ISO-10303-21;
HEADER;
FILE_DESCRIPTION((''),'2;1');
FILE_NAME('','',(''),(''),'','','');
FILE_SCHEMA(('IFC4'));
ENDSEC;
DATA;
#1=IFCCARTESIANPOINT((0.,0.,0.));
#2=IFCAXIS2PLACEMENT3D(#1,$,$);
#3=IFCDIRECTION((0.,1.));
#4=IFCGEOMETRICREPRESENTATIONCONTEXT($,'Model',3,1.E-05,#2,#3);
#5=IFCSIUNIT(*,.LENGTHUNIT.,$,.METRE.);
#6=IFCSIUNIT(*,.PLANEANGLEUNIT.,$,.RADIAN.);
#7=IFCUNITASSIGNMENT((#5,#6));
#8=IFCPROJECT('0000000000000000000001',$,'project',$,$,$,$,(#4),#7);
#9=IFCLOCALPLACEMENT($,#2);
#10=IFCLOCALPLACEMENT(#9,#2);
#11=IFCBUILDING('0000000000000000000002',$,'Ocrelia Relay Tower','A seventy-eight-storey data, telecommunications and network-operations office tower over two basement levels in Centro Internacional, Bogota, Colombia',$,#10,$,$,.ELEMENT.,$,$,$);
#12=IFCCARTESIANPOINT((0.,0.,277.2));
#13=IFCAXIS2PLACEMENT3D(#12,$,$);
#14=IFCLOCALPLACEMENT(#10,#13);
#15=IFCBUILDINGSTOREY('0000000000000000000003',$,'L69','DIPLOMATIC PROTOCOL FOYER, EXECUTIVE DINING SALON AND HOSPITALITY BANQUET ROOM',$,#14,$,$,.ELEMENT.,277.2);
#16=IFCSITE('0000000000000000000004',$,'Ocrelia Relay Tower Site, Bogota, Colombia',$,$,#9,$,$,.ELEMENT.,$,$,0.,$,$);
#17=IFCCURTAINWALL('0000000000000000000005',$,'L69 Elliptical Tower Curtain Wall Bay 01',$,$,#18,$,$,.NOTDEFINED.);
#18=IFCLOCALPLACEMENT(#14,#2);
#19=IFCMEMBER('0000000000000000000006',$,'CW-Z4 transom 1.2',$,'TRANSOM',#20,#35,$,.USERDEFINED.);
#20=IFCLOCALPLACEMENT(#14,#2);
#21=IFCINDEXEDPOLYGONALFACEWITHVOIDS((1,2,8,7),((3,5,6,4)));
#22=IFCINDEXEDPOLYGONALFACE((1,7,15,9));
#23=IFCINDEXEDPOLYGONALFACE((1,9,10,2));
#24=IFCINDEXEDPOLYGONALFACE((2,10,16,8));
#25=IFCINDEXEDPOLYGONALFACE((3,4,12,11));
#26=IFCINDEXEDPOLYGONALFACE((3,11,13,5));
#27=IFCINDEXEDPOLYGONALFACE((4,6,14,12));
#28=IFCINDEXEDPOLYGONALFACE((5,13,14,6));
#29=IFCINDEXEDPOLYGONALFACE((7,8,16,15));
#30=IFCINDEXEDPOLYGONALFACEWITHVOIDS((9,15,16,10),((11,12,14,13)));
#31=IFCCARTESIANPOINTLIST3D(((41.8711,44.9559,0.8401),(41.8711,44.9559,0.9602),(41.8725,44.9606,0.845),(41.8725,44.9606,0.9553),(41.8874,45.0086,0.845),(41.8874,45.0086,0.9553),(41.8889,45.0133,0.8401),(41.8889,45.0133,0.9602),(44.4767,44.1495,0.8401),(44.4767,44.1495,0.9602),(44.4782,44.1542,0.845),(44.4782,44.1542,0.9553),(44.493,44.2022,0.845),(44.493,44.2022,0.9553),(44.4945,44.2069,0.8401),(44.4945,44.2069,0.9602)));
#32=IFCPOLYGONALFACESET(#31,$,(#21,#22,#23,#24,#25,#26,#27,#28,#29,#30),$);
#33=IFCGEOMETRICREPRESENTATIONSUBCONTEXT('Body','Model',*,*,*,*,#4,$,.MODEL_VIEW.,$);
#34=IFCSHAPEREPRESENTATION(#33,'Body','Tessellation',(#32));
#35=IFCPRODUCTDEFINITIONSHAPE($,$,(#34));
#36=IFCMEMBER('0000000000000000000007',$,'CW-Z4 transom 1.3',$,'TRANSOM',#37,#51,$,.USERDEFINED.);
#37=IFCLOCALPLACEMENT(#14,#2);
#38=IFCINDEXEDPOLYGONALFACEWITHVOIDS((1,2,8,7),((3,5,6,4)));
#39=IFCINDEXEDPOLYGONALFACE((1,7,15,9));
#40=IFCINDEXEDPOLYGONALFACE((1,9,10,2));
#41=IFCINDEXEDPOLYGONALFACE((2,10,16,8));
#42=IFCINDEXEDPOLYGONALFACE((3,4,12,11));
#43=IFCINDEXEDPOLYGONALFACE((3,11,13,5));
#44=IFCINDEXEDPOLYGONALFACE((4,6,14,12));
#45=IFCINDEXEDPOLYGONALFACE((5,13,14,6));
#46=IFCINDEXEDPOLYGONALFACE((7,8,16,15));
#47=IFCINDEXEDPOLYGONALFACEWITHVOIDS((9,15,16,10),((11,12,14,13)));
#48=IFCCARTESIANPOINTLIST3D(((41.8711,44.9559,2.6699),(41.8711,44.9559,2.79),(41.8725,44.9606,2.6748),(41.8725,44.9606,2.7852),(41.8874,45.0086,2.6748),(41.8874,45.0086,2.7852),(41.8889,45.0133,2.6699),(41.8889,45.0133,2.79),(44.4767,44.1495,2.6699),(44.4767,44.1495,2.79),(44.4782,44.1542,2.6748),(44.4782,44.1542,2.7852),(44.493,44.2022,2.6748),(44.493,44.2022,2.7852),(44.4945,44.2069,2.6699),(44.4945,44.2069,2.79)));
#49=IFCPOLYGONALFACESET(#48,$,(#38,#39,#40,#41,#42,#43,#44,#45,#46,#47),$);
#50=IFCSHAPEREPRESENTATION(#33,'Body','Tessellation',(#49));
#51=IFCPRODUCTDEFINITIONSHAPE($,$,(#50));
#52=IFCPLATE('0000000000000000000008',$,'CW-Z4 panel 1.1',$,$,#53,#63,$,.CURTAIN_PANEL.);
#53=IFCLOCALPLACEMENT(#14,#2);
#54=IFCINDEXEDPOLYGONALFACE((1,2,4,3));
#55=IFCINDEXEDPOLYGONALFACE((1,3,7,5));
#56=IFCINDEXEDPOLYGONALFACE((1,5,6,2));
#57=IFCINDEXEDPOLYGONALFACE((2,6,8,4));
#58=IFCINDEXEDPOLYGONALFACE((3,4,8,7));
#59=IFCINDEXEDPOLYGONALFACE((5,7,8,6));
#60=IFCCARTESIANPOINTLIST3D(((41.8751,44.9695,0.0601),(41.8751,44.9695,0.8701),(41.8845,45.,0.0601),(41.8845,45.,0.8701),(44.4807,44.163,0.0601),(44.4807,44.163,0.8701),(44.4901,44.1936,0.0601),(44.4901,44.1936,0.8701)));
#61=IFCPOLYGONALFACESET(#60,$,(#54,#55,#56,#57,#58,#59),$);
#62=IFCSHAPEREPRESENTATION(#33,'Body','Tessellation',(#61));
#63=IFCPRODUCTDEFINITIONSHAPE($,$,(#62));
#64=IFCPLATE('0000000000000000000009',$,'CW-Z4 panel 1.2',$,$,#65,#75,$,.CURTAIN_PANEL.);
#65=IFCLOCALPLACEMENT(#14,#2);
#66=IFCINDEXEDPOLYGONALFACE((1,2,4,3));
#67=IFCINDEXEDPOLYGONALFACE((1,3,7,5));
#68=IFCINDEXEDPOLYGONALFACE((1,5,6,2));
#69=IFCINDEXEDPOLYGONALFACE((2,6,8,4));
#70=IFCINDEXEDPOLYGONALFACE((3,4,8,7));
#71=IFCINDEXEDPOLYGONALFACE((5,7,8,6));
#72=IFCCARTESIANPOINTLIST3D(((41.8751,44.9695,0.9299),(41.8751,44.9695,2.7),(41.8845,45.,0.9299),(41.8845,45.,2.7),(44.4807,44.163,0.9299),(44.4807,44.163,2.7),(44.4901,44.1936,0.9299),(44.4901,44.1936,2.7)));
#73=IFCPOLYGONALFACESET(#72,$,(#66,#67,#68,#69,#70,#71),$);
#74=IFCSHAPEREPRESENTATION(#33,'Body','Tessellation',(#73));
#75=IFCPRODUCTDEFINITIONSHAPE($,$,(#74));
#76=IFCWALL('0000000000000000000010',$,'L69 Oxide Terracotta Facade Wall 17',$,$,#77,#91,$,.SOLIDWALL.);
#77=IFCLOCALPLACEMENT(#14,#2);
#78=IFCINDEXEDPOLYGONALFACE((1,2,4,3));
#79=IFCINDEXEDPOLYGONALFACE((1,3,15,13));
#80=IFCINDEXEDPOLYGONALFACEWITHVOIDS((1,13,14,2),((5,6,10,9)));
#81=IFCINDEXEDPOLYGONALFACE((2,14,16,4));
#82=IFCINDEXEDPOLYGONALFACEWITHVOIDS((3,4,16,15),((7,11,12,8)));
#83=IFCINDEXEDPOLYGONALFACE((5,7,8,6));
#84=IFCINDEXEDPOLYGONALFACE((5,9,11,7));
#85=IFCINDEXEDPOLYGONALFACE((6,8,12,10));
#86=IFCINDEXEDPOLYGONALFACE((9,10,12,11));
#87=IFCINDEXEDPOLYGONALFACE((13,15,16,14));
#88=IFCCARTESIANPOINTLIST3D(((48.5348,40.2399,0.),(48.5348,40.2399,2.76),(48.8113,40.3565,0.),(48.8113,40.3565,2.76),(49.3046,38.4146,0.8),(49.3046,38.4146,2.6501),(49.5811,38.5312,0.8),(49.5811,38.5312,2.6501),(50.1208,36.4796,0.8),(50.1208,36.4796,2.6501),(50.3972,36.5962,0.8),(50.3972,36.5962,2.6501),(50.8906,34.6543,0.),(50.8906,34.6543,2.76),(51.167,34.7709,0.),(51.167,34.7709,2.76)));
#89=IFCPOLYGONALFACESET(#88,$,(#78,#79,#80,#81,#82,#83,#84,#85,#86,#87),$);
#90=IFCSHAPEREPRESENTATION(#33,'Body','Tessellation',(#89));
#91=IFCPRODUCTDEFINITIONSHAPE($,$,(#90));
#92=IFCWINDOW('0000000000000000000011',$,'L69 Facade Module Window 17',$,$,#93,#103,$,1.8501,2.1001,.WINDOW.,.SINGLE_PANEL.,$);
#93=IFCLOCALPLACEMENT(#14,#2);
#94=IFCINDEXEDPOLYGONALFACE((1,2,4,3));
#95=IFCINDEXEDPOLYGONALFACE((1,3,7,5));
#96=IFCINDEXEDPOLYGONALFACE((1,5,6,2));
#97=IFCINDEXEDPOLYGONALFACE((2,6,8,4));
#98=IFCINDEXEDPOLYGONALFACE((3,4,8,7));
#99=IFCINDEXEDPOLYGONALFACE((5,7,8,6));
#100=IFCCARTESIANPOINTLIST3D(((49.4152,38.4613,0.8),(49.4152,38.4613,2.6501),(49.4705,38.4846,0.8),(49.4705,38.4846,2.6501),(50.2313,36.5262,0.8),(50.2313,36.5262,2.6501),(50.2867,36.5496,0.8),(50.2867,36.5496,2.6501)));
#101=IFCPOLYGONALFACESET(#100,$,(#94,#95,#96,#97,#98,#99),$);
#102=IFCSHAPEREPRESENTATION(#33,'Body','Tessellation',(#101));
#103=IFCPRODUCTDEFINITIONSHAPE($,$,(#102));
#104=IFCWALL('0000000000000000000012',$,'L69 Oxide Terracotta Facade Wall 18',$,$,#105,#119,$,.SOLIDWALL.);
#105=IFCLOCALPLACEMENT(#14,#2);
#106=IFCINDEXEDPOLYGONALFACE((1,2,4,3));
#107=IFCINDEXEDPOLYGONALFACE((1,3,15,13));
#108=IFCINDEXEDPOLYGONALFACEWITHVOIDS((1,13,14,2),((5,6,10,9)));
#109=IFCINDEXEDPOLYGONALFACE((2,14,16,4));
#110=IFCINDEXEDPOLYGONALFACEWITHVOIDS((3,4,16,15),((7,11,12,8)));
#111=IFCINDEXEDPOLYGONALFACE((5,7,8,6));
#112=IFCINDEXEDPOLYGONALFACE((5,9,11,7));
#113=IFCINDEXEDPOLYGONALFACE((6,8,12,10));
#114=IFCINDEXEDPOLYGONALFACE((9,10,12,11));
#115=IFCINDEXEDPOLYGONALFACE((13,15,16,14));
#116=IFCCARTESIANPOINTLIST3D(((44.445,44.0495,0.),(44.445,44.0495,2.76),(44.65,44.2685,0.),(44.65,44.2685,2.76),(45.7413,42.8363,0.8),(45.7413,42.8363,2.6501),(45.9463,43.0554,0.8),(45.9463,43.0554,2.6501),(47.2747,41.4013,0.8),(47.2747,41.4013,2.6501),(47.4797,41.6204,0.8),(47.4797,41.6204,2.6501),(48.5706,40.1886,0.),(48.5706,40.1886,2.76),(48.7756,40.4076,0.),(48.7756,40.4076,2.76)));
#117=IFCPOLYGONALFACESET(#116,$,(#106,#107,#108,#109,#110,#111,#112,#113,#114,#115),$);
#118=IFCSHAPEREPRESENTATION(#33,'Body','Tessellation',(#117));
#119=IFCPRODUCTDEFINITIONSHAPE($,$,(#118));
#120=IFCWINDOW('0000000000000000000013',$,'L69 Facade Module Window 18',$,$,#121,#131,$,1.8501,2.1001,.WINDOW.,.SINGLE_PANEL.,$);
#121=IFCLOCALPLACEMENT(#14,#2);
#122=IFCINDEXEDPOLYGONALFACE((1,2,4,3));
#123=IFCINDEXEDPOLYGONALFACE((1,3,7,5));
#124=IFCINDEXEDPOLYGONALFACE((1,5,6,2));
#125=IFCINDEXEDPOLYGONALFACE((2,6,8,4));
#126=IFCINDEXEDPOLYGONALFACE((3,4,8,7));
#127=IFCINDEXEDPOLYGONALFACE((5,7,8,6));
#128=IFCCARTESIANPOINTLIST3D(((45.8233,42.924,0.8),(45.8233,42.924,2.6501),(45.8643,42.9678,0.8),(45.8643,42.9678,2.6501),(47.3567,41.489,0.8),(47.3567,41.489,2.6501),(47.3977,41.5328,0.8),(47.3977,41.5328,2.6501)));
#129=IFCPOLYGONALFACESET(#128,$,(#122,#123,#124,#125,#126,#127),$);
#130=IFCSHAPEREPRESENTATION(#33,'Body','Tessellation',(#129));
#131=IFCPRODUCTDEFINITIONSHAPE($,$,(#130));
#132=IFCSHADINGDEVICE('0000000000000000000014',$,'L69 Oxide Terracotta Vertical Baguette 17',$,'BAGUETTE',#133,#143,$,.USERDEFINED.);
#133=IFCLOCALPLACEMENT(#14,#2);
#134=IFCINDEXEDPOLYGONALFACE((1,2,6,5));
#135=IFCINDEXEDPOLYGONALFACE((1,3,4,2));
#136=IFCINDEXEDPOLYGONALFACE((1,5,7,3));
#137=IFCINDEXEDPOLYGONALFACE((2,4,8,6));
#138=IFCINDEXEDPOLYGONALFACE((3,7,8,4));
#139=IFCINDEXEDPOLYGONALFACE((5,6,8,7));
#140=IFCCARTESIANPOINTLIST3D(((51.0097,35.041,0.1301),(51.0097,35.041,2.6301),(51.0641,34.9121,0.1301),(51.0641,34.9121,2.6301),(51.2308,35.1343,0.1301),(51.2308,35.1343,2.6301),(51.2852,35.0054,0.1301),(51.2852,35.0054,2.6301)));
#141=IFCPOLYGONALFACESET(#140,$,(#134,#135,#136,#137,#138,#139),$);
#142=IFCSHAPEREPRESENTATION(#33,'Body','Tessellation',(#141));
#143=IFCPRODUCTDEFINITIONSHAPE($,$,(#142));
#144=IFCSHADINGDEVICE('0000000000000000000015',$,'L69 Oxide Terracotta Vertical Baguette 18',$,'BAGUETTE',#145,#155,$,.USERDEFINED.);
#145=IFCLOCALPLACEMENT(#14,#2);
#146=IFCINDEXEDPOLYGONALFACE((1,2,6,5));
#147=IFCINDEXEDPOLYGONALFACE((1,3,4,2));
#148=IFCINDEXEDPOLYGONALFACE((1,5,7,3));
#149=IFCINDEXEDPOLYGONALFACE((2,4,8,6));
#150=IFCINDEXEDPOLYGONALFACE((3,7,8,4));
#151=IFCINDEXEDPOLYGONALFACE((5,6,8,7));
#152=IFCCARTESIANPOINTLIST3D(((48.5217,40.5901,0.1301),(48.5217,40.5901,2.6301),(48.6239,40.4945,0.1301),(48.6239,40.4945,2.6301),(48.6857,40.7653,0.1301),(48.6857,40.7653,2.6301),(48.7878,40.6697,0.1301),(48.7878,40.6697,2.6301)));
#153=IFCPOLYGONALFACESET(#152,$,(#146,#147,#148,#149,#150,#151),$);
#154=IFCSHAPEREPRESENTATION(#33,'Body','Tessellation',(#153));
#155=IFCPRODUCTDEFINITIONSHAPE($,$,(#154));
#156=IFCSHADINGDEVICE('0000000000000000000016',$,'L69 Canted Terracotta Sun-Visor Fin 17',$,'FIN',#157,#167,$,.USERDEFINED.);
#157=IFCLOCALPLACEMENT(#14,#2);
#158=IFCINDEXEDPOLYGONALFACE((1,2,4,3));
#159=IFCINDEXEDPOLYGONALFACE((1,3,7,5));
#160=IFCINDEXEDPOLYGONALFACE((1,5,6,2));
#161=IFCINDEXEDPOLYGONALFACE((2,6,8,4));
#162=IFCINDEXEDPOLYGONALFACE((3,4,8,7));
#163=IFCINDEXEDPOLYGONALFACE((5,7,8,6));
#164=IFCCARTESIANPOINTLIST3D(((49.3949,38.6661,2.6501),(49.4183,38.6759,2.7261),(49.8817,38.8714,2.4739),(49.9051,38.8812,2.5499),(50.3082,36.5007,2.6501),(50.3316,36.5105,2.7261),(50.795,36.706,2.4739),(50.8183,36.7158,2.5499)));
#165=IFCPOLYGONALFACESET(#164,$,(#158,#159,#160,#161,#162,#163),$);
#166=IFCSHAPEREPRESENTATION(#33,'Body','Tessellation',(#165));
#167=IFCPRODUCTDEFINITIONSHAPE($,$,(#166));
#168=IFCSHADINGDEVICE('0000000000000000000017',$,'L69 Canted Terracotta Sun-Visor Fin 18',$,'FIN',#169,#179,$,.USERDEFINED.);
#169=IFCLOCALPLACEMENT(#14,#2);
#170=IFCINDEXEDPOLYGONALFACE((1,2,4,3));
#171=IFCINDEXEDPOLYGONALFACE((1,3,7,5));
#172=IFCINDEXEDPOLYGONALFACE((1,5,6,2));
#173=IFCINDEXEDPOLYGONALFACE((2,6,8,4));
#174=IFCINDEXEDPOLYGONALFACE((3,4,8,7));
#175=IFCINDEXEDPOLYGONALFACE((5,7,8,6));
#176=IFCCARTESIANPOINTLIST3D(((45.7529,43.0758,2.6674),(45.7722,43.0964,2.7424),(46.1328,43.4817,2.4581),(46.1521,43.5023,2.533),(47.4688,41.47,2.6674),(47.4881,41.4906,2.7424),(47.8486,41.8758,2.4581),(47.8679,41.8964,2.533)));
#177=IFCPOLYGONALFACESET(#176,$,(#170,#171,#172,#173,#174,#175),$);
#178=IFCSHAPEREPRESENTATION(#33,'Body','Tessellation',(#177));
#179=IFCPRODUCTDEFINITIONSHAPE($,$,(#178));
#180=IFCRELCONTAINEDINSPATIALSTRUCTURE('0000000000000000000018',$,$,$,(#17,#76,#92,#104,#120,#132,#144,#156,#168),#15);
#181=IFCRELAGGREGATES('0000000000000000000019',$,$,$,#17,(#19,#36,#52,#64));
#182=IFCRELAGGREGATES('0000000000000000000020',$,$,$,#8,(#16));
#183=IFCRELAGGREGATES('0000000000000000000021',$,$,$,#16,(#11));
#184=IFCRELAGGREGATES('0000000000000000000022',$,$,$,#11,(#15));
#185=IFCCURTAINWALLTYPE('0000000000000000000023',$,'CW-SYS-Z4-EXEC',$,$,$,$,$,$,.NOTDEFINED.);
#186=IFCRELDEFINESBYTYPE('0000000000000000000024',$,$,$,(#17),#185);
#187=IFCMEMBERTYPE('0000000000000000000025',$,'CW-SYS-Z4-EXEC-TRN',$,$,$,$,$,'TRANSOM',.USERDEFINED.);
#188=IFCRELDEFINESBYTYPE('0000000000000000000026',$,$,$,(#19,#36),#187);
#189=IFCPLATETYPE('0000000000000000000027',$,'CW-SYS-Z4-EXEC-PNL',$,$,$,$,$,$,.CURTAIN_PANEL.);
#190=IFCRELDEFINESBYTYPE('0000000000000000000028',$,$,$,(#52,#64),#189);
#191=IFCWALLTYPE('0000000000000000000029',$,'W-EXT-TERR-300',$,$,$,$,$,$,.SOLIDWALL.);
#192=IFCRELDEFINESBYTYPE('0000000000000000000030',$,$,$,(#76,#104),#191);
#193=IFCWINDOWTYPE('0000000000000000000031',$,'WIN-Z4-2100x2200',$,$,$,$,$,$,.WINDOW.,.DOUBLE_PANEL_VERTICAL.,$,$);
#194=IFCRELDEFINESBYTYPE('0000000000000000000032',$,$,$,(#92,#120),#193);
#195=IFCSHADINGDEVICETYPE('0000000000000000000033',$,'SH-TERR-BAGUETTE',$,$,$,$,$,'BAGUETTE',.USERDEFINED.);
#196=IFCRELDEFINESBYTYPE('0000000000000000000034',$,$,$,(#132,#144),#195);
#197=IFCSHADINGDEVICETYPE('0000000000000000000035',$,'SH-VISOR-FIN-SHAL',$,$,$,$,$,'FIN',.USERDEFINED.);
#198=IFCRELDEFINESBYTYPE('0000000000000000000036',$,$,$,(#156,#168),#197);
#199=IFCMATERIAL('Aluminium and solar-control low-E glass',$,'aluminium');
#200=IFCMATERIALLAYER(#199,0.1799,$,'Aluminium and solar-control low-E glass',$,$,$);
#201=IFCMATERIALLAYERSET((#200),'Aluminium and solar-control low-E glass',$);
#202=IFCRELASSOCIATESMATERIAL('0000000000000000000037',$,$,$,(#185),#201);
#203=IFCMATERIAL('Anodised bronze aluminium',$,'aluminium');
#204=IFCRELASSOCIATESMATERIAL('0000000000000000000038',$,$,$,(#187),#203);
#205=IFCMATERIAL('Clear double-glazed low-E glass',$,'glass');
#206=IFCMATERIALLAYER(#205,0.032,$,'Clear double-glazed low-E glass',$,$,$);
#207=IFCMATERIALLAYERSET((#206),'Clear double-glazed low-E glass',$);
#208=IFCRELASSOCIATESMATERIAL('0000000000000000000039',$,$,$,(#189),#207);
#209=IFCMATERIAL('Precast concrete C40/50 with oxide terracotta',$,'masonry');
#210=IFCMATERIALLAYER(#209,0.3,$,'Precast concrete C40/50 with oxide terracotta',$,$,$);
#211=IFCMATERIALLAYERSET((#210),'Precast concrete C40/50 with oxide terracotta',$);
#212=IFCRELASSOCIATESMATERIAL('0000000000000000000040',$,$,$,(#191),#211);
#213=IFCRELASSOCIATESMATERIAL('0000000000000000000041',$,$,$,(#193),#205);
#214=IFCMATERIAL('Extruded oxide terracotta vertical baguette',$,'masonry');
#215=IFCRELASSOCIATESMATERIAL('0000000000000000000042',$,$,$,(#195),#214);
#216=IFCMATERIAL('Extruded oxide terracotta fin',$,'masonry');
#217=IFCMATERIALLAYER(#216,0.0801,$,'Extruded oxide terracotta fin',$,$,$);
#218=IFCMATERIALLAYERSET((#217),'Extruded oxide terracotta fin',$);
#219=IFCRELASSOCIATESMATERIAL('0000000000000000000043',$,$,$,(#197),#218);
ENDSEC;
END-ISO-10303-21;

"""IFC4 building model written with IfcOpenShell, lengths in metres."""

from ifc_helpers import new_model, si_unit, direction, frame, frame_2d, origin, origin_2d, place, context, subcontext, project, spatial, rectangle, hollow_rectangle, extrude, material, layer, layer_set, material_profile, profile_set, type_object, element, fill, aggregate, save


model = new_model("IFC4")

# Units and contexts
model_context = context("Model", 3, precision=1e-05, world=origin(), true_north=direction((0.0, 1.0)))
body_context = subcontext(model_context, "Body", "Model", "MODEL_VIEW")
ifc_project = project(units=[si_unit("LENGTHUNIT", "METRE"), si_unit("PLANEANGLEUNIT", "RADIAN")], contexts=[model_context])

# Site, building, storey
site_placement = place(None, origin())
site = spatial("IfcSite", under=ifc_project, at=site_placement, Name="Ocrelia Relay Tower Site, Bogota, Colombia", CompositionType="ELEMENT", RefElevation=0.0)
building_placement = place(site_placement, origin())
building = spatial("IfcBuilding", under=site, at=building_placement, Name="Ocrelia Relay Tower", Description="A seventy-eight-storey data, telecommunications and network-operations office tower over two basement levels in Centro Internacional, Bogota, Colombia", CompositionType="ELEMENT")
storey_placement = place(building_placement, frame((0.0, 0.0, 277.2)))
storey = spatial("IfcBuildingStorey", under=building, at=storey_placement, Name="L69", Description="DIPLOMATIC PROTOCOL FOYER, EXECUTIVE DINING SALON AND HOSPITALITY BANQUET ROOM", CompositionType="ELEMENT", Elevation=277.2)

# Curtain wall, members, plates
ifc_material_1 = material(Name="Aluminium and solar-control low-E glass", Category="aluminium")
ifc_layer_1 = layer(ifc_material_1, 0.1799, Name="Aluminium and solar-control low-E glass")
ifc_layer_set_1 = layer_set([ifc_layer_1], Name="Aluminium and solar-control low-E glass")
curtain_wall_type = type_object("IfcCurtainWallType", Name="CW-SYS-Z4-EXEC", PredefinedType="NOTDEFINED", material=ifc_layer_set_1)
curtain_wall_placement = place(storey_placement, origin())
curtain_wall = element("IfcCurtainWall", 1, at=curtain_wall_placement, inside=storey, type_object=curtain_wall_type, Name="L69 Elliptical Tower Curtain Wall Bay 01", PredefinedType="NOTDEFINED")
ifc_material_2 = material(Name="Anodised bronze aluminium", Category="aluminium")
ifc_material_profile_1 = material_profile(ifc_material_2, hollow_rectangle(XDim=0.0601, YDim=0.1201, WallThickness=0.0049, at=origin_2d()), Name="CW-TRN-120x60")
ifc_profile_set_1 = profile_set([ifc_material_profile_1], Name="Anodised bronze aluminium")
member_type_1 = type_object("IfcMemberType", Name="CW-SYS-Z4-EXEC-TRN", ElementType="TRANSOM", PredefinedType="USERDEFINED", material=ifc_profile_set_1)
member_1_placement = place(storey_placement, frame((44.4856, 44.1782, 0.9001), z_axis=(-0.9553, 0.295639, 0.0), x_axis=(-0.295639, -0.9553, 0.0)))
member_1 = element("IfcMember", 2, at=member_1_placement, type_object=member_type_1, Name="CW-Z4 transom 1.2", ObjectType="TRANSOM", PredefinedType="USERDEFINED", context=body_context, shape_type="SweptSolid", body=[
    extrude(hollow_rectangle(XDim=0.0601, YDim=0.1201, WallThickness=0.0049, at=origin_2d()), origin(), (0.0, 0.0, 1.0), 2.7275),
])
member_2_placement = place(storey_placement, frame((44.4856, 44.1782, 2.73), z_axis=(-0.9553, 0.295639, 0.0), x_axis=(-0.295639, -0.9553, 0.0)))
member_2 = element("IfcMember", 3, at=member_2_placement, type_object=member_type_1, Name="CW-Z4 transom 1.3", ObjectType="TRANSOM", PredefinedType="USERDEFINED", context=body_context, shape_type="SweptSolid", body=[
    extrude(hollow_rectangle(XDim=0.0601, YDim=0.1201, WallThickness=0.0049, at=origin_2d()), origin(), (0.0, 0.0, 1.0), 2.7275),
])
ifc_material_3 = material(Name="Clear double-glazed low-E glass", Category="glass")
ifc_layer_2 = layer(ifc_material_3, 0.032, Name="Clear double-glazed low-E glass")
ifc_layer_set_2 = layer_set([ifc_layer_2], Name="Clear double-glazed low-E glass")
plate_type = type_object("IfcPlateType", Name="CW-SYS-Z4-EXEC-PNL", PredefinedType="CURTAIN_PANEL", material=ifc_layer_set_2)
plate_1_placement = place(storey_placement, frame((43.1826, 44.5815, 0.0601), z_axis=(0.0, 0.0, 1.0), x_axis=(-0.955292, 0.295665, 0.0)))
plate_1 = element("IfcPlate", 4, at=plate_1_placement, type_object=plate_type, Name="CW-Z4 panel 1.1", PredefinedType="CURTAIN_PANEL", context=body_context, shape_type="SweptSolid", body=[
    extrude(rectangle(XDim=2.7275, YDim=0.032, at=origin_2d()), origin(), (0.0, 0.0, 1.0), 0.8101),
])
plate_2_placement = place(storey_placement, frame((43.1826, 44.5815, 0.9299), z_axis=(0.0, 0.0, 1.0), x_axis=(-0.955292, 0.295665, 0.0)))
plate_2 = element("IfcPlate", 5, at=plate_2_placement, type_object=plate_type, Name="CW-Z4 panel 1.2", PredefinedType="CURTAIN_PANEL", context=body_context, shape_type="SweptSolid", body=[
    extrude(rectangle(XDim=2.7275, YDim=0.032, at=origin_2d()), origin(), (0.0, 0.0, 1.0), 1.77),
])
aggregate(curtain_wall, [member_1, member_2, plate_1, plate_2])

# Walls, openings, windows
ifc_material_4 = material(Name="Precast concrete C40/50 with oxide terracotta", Category="masonry")
ifc_layer_3 = layer(ifc_material_4, 0.3, Name="Precast concrete C40/50 with oxide terracotta")
ifc_layer_set_3 = layer_set([ifc_layer_3], Name="Precast concrete C40/50 with oxide terracotta")
wall_type_1 = type_object("IfcWallType", Name="W-EXT-TERR-300", PredefinedType="SOLIDWALL", material=ifc_layer_set_3)
wall_1_placement = place(storey_placement, frame((51.0288, 34.7126, 0.0), z_axis=(0.0, 0.0, 1.0), x_axis=(-0.38861, 0.921402, 0.0)))
wall_1 = element("IfcWall", 6, at=wall_1_placement, inside=storey, type_object=wall_type_1, Name="L69 Oxide Terracotta Facade Wall 17", PredefinedType="SOLIDWALL", context=body_context, shape_type="SweptSolid", body=[
    extrude(rectangle(XDim=6.062, YDim=0.3, at=frame_2d((3.031, 0.0))), origin(), (0.0, 0.0, 1.0), 2.76),
])
opening_1_placement = place(wall_1_placement, frame((1.981, 0.0, 0.8)))
opening_1 = element("IfcOpeningElement", 7, at=opening_1_placement, cuts=wall_1, PredefinedType="OPENING", context=body_context, shape_type="SweptSolid", body=[
    extrude(rectangle(XDim=2.1001, YDim=1.8501, at=frame_2d((1.05, 0.925))), frame((0.0, 0.1602, 0.0), z_axis=(0.0, -1.0, 0.0), x_axis=(1.0, 0.0, 0.0)), (0.0, 0.0, 1.0), 0.3201),
])
window_type = type_object("IfcWindowType", Name="WIN-Z4-2100x2200", PartitioningType="DOUBLE_PANEL_VERTICAL", PredefinedType="WINDOW", material=ifc_material_3)
window_1_placement = place(opening_1_placement, origin())
window_1 = element("IfcWindow", 8, at=window_1_placement, inside=storey, type_object=window_type, Name="L69 Facade Module Window 17", OverallHeight=1.8501, OverallWidth=2.1001, PartitioningType="SINGLE_PANEL", PredefinedType="WINDOW", context=body_context, shape_type="SweptSolid", body=[
    extrude(rectangle(XDim=2.1001, YDim=1.8501, at=frame_2d((1.05, 0.925))), frame((0.0, 0.03, 0.0), z_axis=(0.0, -1.0, 0.0), x_axis=(1.0, 0.0, 0.0)), (0.0, 0.0, 1.0), 0.0601),
])
fill(opening_1, window_1)
wall_2_placement = place(storey_placement, frame((48.6731, 40.2981, 0.0), z_axis=(0.0, 0.0, 1.0), x_axis=(-0.730138, 0.6833, 0.0)))
wall_2 = element("IfcWall", 9, at=wall_2_placement, inside=storey, type_object=wall_type_1, Name="L69 Oxide Terracotta Facade Wall 18", PredefinedType="SOLIDWALL", context=body_context, shape_type="SweptSolid", body=[
    extrude(rectangle(XDim=5.6504, YDim=0.3, at=frame_2d((2.8252, 0.0))), origin(), (0.0, 0.0, 1.0), 2.76),
])
opening_2_placement = place(wall_2_placement, frame((1.7749, 0.0, 0.8)))
opening_2 = element("IfcOpeningElement", 10, at=opening_2_placement, cuts=wall_2, PredefinedType="OPENING", context=body_context, shape_type="SweptSolid", body=[
    extrude(rectangle(XDim=2.1001, YDim=1.8501, at=frame_2d((1.05, 0.925))), frame((0.0, 0.1602, 0.0), z_axis=(0.0, -1.0, 0.0), x_axis=(1.0, 0.0, 0.0)), (0.0, 0.0, 1.0), 0.3201),
])
window_2_placement = place(opening_2_placement, origin())
window_2 = element("IfcWindow", 11, at=window_2_placement, inside=storey, type_object=window_type, Name="L69 Facade Module Window 18", OverallHeight=1.8501, OverallWidth=2.1001, PartitioningType="SINGLE_PANEL", PredefinedType="WINDOW", context=body_context, shape_type="SweptSolid", body=[
    extrude(rectangle(XDim=2.1001, YDim=1.8501, at=frame_2d((1.05, 0.925))), frame((0.0, 0.03, 0.0), z_axis=(0.0, -1.0, 0.0), x_axis=(1.0, 0.0, 0.0)), (0.0, 0.0, 1.0), 0.0601),
])
fill(opening_2, window_2)

# Shading devices
ifc_material_5 = material(Name="Extruded oxide terracotta vertical baguette", Category="masonry")
shading_device_type_1 = type_object("IfcShadingDeviceType", Name="SH-TERR-BAGUETTE", ElementType="BAGUETTE", PredefinedType="USERDEFINED", material=ifc_material_5)
for number, where, z_axis, x_axis, name in (
    (12, (51.1475, 35.0232, 0.1301), (0.0, 0.0, 1.0), (-0.388611, 0.921402, 0.0), "L69 Oxide Terracotta Vertical Baguette 17"),
    (13, (48.6548, 40.6299, 0.1301), (0.0, 0.0, 1.0), (-0.730125, 0.683313, 0.0), "L69 Oxide Terracotta Vertical Baguette 18"),
):
    element("IfcShadingDevice", number, at=place(storey_placement, frame(where, z_axis=z_axis, x_axis=x_axis)), inside=storey, type_object=shading_device_type_1, Name=name, ObjectType="BAGUETTE", PredefinedType="USERDEFINED", context=body_context, shape_type="SweptSolid", body=[
        extrude(rectangle(XDim=0.1399, YDim=0.24, at=origin_2d()), origin(), (0.0, 0.0, 1.0), 2.5),
    ])
ifc_material_6 = material(Name="Extruded oxide terracotta fin", Category="masonry")
ifc_layer_4 = layer(ifc_material_6, 0.0801, Name="Extruded oxide terracotta fin")
ifc_layer_set_4 = layer_set([ifc_layer_4], Name="Extruded oxide terracotta fin")
shading_device_type_2 = type_object("IfcShadingDeviceType", Name="SH-VISOR-FIN-SHAL", ElementType="FIN", PredefinedType="USERDEFINED", material=ifc_layer_set_4)
shading_device_1_placement = place(storey_placement, frame((50.095, 37.686, 2.562), z_axis=(0.29145, 0.122922, 0.948655), x_axis=(-0.388611, 0.921402, 0.0)))
element("IfcShadingDevice", 14, at=shading_device_1_placement, inside=storey, type_object=shading_device_type_2, Name="L69 Canted Terracotta Sun-Visor Fin 17", ObjectType="FIN", PredefinedType="USERDEFINED", context=body_context, shape_type="SweptSolid", body=[
    extrude(rectangle(XDim=2.3501, YDim=0.5569, at=origin_2d()), origin(), (0.0, 0.0, 1.0), 0.0801),
])
shading_device_2_placement = place(storey_placement, frame((46.8008, 42.4758, 2.5627), z_axis=(0.240865, 0.257366, 0.935814), x_axis=(-0.730125, 0.683313, 0.0)))
element("IfcShadingDevice", 15, at=shading_device_2_placement, inside=storey, type_object=shading_device_type_2, Name="L69 Canted Terracotta Sun-Visor Fin 18", ObjectType="FIN", PredefinedType="USERDEFINED", context=body_context, shape_type="SweptSolid", body=[
    extrude(rectangle(XDim=2.3501, YDim=0.594, at=origin_2d()), origin(), (0.0, 0.0, 1.0), 0.0801),
])

save(model, "model.ifc")
